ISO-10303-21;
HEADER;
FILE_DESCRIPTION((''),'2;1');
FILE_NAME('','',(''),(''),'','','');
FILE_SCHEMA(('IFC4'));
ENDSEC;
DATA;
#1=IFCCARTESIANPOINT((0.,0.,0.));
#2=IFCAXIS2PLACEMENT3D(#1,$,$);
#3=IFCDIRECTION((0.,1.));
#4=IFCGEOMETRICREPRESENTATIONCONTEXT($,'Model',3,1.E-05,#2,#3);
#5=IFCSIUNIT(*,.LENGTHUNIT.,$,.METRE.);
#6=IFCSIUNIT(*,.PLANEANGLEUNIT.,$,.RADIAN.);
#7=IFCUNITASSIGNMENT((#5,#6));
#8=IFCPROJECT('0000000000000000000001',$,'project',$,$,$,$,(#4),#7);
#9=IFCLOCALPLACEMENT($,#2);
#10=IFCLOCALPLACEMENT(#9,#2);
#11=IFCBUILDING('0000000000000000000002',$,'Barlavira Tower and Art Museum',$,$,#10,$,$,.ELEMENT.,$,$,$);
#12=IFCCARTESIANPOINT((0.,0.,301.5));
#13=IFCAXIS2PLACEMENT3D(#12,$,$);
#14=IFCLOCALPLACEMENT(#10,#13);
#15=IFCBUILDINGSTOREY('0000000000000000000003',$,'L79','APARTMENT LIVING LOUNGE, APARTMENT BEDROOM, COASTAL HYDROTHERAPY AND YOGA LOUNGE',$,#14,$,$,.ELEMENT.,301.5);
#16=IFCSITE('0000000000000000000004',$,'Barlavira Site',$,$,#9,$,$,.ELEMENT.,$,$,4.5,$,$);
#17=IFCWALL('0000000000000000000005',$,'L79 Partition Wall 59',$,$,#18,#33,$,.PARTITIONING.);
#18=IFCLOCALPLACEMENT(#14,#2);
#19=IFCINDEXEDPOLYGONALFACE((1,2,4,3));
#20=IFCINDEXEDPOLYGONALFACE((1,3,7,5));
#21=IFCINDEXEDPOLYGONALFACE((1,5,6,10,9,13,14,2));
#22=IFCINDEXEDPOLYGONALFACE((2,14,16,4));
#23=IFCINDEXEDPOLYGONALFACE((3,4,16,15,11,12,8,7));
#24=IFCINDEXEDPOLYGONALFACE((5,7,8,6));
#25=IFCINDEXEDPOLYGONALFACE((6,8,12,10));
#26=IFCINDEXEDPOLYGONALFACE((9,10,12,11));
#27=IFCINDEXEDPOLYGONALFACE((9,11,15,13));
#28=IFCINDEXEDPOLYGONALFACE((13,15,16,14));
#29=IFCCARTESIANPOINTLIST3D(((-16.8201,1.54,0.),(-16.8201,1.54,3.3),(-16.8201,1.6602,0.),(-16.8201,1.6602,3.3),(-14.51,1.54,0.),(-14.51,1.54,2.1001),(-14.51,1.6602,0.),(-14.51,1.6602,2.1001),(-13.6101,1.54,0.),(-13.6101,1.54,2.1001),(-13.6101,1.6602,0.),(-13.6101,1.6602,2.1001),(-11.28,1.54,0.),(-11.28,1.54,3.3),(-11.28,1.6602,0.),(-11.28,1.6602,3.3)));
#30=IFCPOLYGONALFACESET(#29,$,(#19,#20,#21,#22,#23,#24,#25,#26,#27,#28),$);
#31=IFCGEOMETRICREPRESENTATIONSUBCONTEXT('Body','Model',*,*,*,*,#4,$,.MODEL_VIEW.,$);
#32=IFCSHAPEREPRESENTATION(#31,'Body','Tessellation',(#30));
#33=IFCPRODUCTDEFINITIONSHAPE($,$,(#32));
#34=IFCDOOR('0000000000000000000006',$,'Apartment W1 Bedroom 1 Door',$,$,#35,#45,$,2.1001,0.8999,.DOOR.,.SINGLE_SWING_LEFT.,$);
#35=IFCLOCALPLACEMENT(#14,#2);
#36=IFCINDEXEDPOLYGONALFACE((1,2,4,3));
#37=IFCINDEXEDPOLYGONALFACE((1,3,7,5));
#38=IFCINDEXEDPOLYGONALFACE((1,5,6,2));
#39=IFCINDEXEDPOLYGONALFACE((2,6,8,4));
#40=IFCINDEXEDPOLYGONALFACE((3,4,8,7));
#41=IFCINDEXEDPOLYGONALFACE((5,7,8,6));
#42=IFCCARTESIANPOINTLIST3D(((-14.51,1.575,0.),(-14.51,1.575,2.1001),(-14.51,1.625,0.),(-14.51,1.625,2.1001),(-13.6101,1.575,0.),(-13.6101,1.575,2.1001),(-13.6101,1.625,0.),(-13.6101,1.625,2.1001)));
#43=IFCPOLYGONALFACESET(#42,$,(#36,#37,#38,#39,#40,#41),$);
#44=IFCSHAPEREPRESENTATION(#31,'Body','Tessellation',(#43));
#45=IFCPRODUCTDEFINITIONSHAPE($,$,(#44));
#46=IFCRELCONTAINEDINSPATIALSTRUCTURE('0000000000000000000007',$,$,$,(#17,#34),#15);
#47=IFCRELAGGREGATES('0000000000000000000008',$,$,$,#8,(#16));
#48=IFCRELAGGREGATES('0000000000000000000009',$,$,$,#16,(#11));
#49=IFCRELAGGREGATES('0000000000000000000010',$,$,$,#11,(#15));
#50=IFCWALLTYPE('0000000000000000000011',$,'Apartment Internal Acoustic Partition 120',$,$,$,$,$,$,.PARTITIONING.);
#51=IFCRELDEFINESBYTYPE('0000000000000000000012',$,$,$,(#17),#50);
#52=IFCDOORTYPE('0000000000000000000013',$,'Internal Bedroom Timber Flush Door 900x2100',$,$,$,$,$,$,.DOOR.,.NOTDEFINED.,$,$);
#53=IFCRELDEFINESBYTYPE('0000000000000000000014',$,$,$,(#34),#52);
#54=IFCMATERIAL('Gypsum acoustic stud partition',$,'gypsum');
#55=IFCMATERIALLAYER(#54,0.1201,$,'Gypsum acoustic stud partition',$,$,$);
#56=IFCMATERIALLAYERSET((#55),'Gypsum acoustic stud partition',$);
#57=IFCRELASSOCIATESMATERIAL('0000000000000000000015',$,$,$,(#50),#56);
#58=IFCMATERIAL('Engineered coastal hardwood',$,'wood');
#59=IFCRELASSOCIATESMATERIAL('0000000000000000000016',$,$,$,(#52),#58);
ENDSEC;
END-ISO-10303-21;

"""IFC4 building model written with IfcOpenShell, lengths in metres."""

from ifc_helpers import new_model, si_unit, direction, frame, frame_2d, origin, place, context, subcontext, project, spatial, rectangle, extrude, material, layer, layer_set, type_object, element, fill, save


model = new_model("IFC4")

# Units and contexts
model_context = context("Model", 3, precision=1e-05, world=origin(), true_north=direction((0.0, 1.0)))
body_context = subcontext(model_context, "Body", "Model", "MODEL_VIEW")
ifc_project = project(units=[si_unit("LENGTHUNIT", "METRE"), si_unit("PLANEANGLEUNIT", "RADIAN")], contexts=[model_context])

# Site, building, storey
site_placement = place(None, origin())
site = spatial("IfcSite", under=ifc_project, at=site_placement, Name="Barlavira Site", CompositionType="ELEMENT", RefElevation=4.5)
building_placement = place(site_placement, origin())
building = spatial("IfcBuilding", under=site, at=building_placement, Name="Barlavira Tower and Art Museum", CompositionType="ELEMENT")
storey_placement = place(building_placement, frame((0.0, 0.0, 301.5)))
storey = spatial("IfcBuildingStorey", under=building, at=storey_placement, Name="L79", Description="APARTMENT LIVING LOUNGE, APARTMENT BEDROOM, COASTAL HYDROTHERAPY AND YOGA LOUNGE", CompositionType="ELEMENT", Elevation=301.5)

# Wall, opening, door
ifc_material_1 = material(Name="Gypsum acoustic stud partition", Category="gypsum")
ifc_layer_1 = layer(ifc_material_1, 0.1201, Name="Gypsum acoustic stud partition")
ifc_layer_set_1 = layer_set([ifc_layer_1], Name="Gypsum acoustic stud partition")
wall_type = type_object("IfcWallType", Name="Apartment Internal Acoustic Partition 120", PredefinedType="PARTITIONING", material=ifc_layer_set_1)
wall_placement = place(storey_placement, frame((-16.8201, 1.6001, 0.0), z_axis=(0.0, 0.0, 1.0), x_axis=(1.0, 0.0, 0.0)))
wall = element("IfcWall", 1, at=wall_placement, inside=storey, type_object=wall_type, Name="L79 Partition Wall 59", PredefinedType="PARTITIONING", context=body_context, shape_type="SweptSolid", body=[
    extrude(rectangle(XDim=5.54, YDim=0.1201, at=frame_2d((2.77, 0.0))), origin(), (0.0, 0.0, 1.0), 3.3),
])
opening_placement = place(wall_placement, frame((2.3101, 0.0, 0.0)))
opening = element("IfcOpeningElement", 2, at=opening_placement, cuts=wall, PredefinedType="OPENING", context=body_context, shape_type="SweptSolid", body=[
    extrude(rectangle(XDim=0.8999, YDim=2.1001, at=frame_2d((0.45, 1.05))), frame((0.0, 0.0701, 0.0), z_axis=(0.0, -1.0, 0.0), x_axis=(1.0, 0.0, 0.0)), (0.0, 0.0, 1.0), 0.1401),
])
ifc_material_2 = material(Name="Engineered coastal hardwood", Category="wood")
door_type = type_object("IfcDoorType", Name="Internal Bedroom Timber Flush Door 900x2100", OperationType="NOTDEFINED", PredefinedType="DOOR", material=ifc_material_2)
door_placement = place(opening_placement, origin())
door = element("IfcDoor", 3, at=door_placement, inside=storey, type_object=door_type, Name="Apartment W1 Bedroom 1 Door", OperationType="SINGLE_SWING_LEFT", OverallHeight=2.1001, OverallWidth=0.8999, PredefinedType="DOOR", context=body_context, shape_type="SweptSolid", body=[
    extrude(rectangle(XDim=0.8999, YDim=2.1001, at=frame_2d((0.45, 1.05))), frame((0.0, 0.0249, 0.0), z_axis=(0.0, -1.0, 0.0), x_axis=(1.0, 0.0, 0.0)), (0.0, 0.0, 1.0), 0.05),
])
fill(opening, door)

save(model, "model.ifc")
